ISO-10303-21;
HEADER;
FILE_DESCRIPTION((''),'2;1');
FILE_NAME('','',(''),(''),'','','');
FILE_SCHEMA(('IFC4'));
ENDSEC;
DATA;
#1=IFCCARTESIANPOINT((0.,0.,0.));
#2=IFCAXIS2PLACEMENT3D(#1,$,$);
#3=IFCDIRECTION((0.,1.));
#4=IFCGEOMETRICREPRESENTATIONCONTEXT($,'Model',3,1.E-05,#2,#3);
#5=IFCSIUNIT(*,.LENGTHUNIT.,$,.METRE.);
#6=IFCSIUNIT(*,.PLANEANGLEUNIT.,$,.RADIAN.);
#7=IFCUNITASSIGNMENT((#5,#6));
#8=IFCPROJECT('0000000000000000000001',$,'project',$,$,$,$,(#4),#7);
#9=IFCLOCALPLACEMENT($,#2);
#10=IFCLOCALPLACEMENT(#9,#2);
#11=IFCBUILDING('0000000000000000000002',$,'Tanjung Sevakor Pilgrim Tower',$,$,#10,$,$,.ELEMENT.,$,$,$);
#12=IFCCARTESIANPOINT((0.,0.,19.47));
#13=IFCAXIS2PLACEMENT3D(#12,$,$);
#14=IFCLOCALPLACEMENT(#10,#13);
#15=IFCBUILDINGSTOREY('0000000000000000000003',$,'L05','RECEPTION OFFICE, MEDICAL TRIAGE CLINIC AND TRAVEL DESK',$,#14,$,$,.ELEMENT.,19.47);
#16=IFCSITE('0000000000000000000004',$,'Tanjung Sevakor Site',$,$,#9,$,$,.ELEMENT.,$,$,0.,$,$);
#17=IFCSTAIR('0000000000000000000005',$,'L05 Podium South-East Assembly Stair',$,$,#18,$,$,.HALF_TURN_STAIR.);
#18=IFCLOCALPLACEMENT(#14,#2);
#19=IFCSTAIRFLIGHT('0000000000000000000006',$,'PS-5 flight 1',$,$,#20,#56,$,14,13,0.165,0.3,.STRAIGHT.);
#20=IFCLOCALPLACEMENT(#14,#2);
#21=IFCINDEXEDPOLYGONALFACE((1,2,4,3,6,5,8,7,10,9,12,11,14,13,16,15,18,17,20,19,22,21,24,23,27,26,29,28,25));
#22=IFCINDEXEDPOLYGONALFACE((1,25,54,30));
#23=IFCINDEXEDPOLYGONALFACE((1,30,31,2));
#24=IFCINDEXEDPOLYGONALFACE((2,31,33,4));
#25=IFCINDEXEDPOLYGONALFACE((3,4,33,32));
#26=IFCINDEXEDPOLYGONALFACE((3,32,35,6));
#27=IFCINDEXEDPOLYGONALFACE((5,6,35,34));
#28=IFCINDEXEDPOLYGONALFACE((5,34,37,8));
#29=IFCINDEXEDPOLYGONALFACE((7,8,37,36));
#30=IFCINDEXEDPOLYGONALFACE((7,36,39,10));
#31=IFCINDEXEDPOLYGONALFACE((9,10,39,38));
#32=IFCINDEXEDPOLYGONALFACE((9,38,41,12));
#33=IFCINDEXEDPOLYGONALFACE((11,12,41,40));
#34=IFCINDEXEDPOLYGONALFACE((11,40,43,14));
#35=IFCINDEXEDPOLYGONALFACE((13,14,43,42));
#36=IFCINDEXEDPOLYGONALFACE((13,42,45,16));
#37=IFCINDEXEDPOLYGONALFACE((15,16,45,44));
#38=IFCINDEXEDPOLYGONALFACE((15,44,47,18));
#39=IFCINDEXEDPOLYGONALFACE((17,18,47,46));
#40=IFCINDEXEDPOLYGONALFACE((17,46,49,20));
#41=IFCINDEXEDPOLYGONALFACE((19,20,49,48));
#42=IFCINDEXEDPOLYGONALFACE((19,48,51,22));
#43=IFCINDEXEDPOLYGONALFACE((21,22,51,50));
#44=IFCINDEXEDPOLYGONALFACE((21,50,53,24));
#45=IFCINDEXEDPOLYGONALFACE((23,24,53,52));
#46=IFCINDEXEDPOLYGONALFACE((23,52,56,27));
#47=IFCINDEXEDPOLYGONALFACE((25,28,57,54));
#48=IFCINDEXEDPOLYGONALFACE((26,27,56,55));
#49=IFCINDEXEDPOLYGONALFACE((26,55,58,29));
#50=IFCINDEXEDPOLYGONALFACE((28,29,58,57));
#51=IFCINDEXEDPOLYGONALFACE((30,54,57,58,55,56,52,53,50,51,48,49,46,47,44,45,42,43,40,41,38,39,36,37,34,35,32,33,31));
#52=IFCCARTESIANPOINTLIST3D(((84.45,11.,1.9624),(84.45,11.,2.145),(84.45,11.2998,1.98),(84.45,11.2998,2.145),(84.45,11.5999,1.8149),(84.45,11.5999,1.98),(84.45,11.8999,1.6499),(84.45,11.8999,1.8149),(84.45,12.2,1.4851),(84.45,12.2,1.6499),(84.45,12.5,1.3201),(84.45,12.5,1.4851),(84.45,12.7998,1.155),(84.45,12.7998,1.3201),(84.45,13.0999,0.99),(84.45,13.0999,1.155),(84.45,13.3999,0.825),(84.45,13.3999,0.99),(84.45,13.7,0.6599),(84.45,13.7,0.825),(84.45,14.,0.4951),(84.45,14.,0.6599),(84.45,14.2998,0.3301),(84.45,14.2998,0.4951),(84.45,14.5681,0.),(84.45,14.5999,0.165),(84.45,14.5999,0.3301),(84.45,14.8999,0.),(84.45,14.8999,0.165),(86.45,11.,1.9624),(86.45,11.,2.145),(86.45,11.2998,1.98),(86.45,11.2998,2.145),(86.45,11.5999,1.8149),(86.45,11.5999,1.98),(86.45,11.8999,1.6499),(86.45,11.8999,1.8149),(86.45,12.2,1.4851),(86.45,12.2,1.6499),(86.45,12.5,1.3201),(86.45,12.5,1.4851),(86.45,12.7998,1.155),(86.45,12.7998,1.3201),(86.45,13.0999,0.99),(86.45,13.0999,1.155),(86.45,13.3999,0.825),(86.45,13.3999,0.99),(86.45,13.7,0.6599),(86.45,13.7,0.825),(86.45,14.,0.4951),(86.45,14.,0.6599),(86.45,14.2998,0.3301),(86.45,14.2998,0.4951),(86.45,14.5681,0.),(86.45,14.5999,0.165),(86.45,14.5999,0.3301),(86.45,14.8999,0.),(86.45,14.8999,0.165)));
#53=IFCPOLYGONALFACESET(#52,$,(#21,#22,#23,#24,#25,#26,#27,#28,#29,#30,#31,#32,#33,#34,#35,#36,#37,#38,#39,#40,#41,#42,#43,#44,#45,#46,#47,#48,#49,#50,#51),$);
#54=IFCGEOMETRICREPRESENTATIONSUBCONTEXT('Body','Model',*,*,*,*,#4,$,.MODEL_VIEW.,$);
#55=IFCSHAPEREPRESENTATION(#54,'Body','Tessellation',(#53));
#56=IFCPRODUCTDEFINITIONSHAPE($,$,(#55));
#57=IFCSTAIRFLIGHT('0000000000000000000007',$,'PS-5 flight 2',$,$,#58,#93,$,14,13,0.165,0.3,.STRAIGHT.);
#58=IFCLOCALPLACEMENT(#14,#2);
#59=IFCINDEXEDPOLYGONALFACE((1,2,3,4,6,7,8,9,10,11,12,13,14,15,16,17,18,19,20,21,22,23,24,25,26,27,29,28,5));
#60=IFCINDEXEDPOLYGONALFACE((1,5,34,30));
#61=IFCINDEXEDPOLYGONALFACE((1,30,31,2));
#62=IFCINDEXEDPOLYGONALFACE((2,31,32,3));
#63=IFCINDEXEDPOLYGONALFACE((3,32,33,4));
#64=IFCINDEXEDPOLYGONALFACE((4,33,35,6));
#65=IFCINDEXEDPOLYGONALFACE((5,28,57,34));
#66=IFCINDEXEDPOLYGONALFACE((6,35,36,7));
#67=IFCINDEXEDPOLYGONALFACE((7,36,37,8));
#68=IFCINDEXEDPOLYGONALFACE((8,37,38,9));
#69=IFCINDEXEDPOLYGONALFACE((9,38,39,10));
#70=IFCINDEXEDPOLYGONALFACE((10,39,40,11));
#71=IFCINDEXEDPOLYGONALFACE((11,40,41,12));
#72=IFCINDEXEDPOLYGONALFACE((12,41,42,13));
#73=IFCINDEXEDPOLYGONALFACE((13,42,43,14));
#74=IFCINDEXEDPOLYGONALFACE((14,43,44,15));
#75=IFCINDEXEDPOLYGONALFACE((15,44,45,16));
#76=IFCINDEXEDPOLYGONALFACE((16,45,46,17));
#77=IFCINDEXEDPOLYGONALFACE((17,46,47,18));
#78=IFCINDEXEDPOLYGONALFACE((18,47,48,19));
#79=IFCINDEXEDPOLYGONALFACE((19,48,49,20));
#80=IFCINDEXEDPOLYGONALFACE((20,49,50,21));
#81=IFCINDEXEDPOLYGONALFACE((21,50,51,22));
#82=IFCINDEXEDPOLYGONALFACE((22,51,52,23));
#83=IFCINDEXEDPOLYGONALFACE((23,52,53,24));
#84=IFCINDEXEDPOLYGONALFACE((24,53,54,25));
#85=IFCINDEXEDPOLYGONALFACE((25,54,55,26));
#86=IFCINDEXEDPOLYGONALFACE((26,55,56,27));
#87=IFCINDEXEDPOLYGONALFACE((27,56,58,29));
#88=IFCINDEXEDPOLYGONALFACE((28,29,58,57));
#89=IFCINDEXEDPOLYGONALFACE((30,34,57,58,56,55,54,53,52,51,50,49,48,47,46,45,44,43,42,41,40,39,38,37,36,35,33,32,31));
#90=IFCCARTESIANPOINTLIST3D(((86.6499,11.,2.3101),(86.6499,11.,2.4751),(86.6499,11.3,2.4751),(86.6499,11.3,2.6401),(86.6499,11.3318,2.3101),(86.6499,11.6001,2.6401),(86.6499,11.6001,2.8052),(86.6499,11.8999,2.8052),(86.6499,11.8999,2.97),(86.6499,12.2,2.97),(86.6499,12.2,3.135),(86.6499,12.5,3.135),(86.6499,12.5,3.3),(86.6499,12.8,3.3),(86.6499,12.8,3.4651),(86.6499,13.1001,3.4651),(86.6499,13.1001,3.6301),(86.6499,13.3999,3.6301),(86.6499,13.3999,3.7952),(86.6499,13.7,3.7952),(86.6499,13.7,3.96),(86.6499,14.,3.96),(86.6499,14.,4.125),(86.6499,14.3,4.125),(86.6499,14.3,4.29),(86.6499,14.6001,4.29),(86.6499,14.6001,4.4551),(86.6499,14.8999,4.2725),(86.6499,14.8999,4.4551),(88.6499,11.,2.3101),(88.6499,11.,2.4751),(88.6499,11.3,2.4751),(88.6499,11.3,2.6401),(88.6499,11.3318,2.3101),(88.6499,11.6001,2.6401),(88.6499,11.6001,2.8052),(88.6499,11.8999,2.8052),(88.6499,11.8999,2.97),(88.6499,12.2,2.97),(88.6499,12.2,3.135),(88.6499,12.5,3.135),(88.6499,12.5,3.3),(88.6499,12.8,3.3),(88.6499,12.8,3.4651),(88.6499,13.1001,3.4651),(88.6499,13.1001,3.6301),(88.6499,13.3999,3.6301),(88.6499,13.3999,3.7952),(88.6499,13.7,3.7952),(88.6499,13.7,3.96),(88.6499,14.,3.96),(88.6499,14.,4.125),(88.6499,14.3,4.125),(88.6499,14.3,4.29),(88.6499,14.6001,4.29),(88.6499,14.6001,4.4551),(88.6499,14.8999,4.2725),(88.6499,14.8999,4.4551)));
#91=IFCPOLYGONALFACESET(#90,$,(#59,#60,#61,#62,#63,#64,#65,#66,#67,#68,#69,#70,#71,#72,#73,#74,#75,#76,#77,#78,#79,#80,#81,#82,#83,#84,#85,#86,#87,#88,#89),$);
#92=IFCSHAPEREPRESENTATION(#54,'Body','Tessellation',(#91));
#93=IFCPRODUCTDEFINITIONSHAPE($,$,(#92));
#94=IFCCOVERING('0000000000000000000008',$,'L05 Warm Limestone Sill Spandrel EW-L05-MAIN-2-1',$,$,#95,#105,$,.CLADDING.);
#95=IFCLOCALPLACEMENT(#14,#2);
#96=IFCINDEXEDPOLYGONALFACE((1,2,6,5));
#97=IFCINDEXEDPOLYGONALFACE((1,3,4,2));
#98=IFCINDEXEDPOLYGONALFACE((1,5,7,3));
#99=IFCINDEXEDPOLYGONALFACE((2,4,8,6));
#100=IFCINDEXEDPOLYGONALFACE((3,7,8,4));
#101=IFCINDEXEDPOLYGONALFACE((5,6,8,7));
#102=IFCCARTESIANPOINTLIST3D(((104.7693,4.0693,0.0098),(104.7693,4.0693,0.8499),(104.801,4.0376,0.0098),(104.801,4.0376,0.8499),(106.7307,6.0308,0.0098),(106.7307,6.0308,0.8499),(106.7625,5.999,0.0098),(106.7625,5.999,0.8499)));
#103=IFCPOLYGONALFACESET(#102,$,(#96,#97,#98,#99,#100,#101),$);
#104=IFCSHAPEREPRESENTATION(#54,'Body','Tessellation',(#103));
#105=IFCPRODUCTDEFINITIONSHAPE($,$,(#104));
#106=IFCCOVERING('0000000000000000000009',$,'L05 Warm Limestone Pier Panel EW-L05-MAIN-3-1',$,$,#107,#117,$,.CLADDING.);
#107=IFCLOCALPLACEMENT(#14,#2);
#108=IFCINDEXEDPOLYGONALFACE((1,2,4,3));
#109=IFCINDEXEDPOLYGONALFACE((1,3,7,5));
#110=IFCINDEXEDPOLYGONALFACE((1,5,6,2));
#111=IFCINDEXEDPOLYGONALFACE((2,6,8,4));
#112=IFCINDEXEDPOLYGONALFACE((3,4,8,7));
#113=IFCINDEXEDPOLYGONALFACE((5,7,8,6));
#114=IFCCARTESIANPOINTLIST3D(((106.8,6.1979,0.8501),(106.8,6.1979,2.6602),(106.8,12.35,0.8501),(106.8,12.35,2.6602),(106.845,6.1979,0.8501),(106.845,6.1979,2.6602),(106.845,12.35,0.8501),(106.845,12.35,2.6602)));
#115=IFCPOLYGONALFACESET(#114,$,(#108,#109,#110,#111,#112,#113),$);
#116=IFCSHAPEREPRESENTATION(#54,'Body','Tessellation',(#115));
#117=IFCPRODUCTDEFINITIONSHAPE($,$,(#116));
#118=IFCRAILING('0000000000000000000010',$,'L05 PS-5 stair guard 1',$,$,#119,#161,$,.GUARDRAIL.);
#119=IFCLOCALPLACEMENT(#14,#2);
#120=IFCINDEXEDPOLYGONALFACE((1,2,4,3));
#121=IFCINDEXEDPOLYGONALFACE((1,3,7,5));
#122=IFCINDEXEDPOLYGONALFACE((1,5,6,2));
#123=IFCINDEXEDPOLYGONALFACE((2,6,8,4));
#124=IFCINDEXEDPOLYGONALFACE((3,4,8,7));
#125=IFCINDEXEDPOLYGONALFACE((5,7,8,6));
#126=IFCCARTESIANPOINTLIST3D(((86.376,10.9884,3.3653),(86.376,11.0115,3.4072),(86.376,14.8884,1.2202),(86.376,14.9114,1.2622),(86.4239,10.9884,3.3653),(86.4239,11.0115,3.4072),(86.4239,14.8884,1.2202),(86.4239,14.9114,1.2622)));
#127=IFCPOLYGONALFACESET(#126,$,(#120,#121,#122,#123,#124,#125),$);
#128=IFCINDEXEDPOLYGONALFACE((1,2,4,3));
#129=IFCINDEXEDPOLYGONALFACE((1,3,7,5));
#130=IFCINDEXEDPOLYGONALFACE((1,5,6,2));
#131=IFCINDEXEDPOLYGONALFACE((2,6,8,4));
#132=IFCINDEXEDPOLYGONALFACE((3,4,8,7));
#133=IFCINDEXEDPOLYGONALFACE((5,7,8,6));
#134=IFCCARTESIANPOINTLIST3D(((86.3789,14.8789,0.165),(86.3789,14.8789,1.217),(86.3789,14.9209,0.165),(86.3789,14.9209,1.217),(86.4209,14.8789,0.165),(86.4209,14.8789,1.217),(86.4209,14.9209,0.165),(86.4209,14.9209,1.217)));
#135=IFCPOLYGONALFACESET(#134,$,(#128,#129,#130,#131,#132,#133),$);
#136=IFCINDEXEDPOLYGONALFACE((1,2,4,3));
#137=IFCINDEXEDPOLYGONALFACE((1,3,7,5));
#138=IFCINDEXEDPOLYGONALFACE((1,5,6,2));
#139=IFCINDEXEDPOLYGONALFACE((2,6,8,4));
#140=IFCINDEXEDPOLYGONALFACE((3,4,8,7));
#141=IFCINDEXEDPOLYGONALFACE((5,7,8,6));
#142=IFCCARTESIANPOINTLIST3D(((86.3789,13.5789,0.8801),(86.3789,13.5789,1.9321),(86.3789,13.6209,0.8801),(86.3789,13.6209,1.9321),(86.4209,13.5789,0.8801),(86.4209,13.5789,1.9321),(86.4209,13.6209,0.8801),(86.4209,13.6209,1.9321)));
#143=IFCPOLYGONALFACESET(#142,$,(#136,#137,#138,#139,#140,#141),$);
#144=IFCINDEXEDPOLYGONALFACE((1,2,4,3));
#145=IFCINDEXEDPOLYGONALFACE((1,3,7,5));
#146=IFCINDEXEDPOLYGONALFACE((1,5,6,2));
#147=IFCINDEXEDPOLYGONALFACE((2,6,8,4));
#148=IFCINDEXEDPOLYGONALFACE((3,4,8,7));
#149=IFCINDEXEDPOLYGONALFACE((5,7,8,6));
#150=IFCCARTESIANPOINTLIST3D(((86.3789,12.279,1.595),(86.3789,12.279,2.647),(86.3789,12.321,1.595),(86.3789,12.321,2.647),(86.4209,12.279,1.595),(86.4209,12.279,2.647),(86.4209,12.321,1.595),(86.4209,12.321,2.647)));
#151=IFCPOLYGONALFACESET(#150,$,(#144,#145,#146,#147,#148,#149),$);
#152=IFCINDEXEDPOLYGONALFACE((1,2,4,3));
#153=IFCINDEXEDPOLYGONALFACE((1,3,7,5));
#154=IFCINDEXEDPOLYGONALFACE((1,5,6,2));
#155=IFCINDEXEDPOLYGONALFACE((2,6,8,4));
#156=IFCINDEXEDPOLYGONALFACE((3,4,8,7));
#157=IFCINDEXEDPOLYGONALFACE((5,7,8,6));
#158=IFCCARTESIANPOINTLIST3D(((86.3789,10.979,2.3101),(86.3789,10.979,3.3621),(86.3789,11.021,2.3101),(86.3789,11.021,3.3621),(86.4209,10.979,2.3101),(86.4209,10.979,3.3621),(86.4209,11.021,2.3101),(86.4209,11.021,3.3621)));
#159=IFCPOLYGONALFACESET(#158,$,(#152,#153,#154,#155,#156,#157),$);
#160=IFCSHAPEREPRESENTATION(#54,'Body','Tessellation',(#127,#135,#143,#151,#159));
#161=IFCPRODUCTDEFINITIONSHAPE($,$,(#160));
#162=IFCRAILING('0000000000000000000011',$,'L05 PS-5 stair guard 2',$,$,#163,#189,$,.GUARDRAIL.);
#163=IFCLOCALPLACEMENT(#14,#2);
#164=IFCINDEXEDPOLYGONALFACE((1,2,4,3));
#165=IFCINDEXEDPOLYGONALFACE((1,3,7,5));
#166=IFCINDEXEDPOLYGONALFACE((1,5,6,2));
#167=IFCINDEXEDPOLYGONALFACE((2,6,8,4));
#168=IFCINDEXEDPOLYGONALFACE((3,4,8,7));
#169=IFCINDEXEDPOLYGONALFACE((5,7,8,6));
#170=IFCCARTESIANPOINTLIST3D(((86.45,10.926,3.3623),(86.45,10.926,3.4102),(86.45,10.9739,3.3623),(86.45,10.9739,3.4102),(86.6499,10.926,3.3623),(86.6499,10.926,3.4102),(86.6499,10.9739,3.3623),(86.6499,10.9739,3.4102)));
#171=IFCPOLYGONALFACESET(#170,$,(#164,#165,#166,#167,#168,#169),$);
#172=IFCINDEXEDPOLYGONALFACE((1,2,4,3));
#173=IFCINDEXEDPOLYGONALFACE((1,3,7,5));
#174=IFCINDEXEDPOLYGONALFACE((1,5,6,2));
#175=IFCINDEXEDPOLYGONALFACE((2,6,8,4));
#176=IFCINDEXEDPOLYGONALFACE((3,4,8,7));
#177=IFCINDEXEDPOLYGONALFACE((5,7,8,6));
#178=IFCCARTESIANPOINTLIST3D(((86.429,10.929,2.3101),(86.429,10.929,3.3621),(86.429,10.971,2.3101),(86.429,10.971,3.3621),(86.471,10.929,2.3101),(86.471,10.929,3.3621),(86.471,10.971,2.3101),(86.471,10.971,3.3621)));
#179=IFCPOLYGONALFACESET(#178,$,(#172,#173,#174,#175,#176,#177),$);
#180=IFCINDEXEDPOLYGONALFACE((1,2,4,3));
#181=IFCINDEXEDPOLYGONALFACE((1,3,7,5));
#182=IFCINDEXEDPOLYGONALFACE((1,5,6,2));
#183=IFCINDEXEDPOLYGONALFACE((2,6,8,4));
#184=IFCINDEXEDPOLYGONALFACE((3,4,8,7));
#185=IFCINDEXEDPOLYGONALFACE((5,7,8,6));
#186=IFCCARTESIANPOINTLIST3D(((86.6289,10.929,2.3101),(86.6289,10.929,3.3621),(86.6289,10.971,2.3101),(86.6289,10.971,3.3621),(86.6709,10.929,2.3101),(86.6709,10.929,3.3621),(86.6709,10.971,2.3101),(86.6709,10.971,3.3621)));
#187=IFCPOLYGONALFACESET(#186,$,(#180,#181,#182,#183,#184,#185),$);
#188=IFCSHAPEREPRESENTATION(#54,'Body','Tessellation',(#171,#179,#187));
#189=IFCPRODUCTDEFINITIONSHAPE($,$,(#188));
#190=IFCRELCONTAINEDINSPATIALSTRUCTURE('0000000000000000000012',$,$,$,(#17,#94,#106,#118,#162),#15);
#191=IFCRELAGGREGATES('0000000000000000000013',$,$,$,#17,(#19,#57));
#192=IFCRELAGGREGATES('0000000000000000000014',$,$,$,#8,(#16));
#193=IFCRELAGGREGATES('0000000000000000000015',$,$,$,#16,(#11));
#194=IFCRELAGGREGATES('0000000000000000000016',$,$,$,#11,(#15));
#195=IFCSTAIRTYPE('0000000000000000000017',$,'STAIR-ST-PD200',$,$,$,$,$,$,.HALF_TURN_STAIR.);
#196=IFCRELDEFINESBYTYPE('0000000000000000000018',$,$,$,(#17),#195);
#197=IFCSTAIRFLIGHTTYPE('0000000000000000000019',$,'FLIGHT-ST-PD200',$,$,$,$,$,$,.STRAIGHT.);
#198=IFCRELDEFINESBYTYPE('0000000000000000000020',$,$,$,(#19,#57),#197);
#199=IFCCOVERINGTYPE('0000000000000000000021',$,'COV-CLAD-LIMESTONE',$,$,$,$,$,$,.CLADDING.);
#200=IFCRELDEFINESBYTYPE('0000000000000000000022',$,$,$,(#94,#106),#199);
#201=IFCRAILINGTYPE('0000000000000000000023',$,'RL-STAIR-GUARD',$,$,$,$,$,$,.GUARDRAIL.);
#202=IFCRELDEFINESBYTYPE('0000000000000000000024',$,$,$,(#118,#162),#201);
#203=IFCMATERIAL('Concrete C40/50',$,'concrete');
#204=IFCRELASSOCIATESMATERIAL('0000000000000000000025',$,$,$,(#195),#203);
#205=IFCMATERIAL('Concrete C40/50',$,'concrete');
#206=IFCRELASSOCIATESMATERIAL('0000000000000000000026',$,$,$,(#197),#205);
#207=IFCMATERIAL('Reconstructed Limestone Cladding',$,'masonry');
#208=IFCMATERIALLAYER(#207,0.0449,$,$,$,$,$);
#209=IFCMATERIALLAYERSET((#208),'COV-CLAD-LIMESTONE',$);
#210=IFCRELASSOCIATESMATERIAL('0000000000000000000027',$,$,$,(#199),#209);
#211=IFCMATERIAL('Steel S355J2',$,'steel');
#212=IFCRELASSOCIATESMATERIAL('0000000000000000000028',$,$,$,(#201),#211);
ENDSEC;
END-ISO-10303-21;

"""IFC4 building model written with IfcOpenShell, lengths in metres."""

from ifc_helpers import new_model, si_unit, direction, frame, origin, origin_2d, place, context, subcontext, project, spatial, polyline, rectangle, outline, extrude, material, layer, layer_set, type_object, element, aggregate, save


model = new_model("IFC4")

# Units and contexts
model_context = context("Model", 3, precision=1e-05, world=origin(), true_north=direction((0.0, 1.0)))
body_context = subcontext(model_context, "Body", "Model", "MODEL_VIEW")
ifc_project = project(units=[si_unit("LENGTHUNIT", "METRE"), si_unit("PLANEANGLEUNIT", "RADIAN")], contexts=[model_context])

# Site, building, storey
site_placement = place(None, origin())
site = spatial("IfcSite", under=ifc_project, at=site_placement, Name="Tanjung Sevakor Site", CompositionType="ELEMENT", RefElevation=0.0)
building_placement = place(site_placement, origin())
building = spatial("IfcBuilding", under=site, at=building_placement, Name="Tanjung Sevakor Pilgrim Tower", CompositionType="ELEMENT")
storey_placement = place(building_placement, frame((0.0, 0.0, 19.47)))
storey = spatial("IfcBuildingStorey", under=building, at=storey_placement, Name="L05", Description="RECEPTION OFFICE, MEDICAL TRIAGE CLINIC AND TRAVEL DESK", CompositionType="ELEMENT", Elevation=19.47)

# Stair, stair flights
ifc_material_1 = material(Name="Concrete C40/50", Category="concrete")
stair_type = type_object("IfcStairType", Name="STAIR-ST-PD200", PredefinedType="HALF_TURN_STAIR", material=ifc_material_1)
stair_placement = place(storey_placement, origin())
stair = element("IfcStair", 1, at=stair_placement, inside=storey, type_object=stair_type, Name="L05 Podium South-East Assembly Stair", PredefinedType="HALF_TURN_STAIR")
ifc_material_2 = material(Name="Concrete C40/50", Category="concrete")
stair_flight_type = type_object("IfcStairFlightType", Name="FLIGHT-ST-PD200", PredefinedType="STRAIGHT", material=ifc_material_2)
stair_flight_1_placement = place(storey_placement, frame((85.45, 14.8999, 0.0), z_axis=(0.0, 0.0, 1.0), x_axis=(0.0, -1.0, 0.0)))
stair_flight_1 = element("IfcStairFlight", 2, at=stair_flight_1_placement, type_object=stair_flight_type, Name="PS-5 flight 1", NumberOfRisers=14, NumberOfTreads=13, PredefinedType="STRAIGHT", RiserHeight=0.165, TreadLength=0.3, context=body_context, shape_type="SweptSolid", body=[
    extrude(outline(polyline([(0.0, 0.0), (0.0, 0.165), (0.3, 0.165), (0.3, 0.3301), (0.6001, 0.3301), (0.6001, 0.4951), (0.8999, 0.4951), (0.8999, 0.6599), (1.2, 0.6599), (1.2, 0.825), (1.5, 0.825), (1.5, 0.99), (1.8, 0.99), (1.8, 1.155), (2.1001, 1.155), (2.1001, 1.3201), (2.3999, 1.3201), (2.3999, 1.4851), (2.7, 1.4851), (2.7, 1.6499), (3.0, 1.6499), (3.0, 1.8149), (3.3, 1.8149), (3.3, 1.98), (3.6001, 1.98), (3.6001, 2.145), (3.8999, 2.145), (3.8999, 2.3101), (3.8999, 1.9624), (0.3318, 0.0), (0.0, 0.0)])), frame((0.0, 1.0, 0.0), z_axis=(0.0, -1.0, 0.0), x_axis=(1.0, 0.0, 0.0)), (0.0, 0.0, 1.0), 2.0),
])
stair_flight_2_placement = place(storey_placement, frame((87.6499, 11.0, 2.3101), z_axis=(0.0, 0.0, 1.0), x_axis=(0.0, 1.0, 0.0)))
stair_flight_2 = element("IfcStairFlight", 3, at=stair_flight_2_placement, type_object=stair_flight_type, Name="PS-5 flight 2", NumberOfRisers=14, NumberOfTreads=13, PredefinedType="STRAIGHT", RiserHeight=0.165, TreadLength=0.3, context=body_context, shape_type="SweptSolid", body=[
    extrude(outline(polyline([(0.0, 0.0), (0.0, 0.165), (0.3, 0.165), (0.3, 0.3301), (0.6001, 0.3301), (0.6001, 0.4951), (0.8999, 0.4951), (0.8999, 0.6599), (1.2, 0.6599), (1.2, 0.825), (1.5, 0.825), (1.5, 0.99), (1.8, 0.99), (1.8, 1.155), (2.1001, 1.155), (2.1001, 1.3201), (2.3999, 1.3201), (2.3999, 1.4851), (2.7, 1.4851), (2.7, 1.6499), (3.0, 1.6499), (3.0, 1.8149), (3.3, 1.8149), (3.3, 1.98), (3.6001, 1.98), (3.6001, 2.145), (3.8999, 2.145), (3.8999, 2.3101), (3.8999, 1.9624), (0.3318, 0.0), (0.0, 0.0)])), frame((0.0, 1.0, 0.0), z_axis=(0.0, -1.0, 0.0), x_axis=(1.0, 0.0, 0.0)), (0.0, 0.0, 1.0), 2.0),
])
aggregate(stair, [stair_flight_1, stair_flight_2])

# Coverings
ifc_material_3 = material(Name="Reconstructed Limestone Cladding", Category="masonry")
ifc_layer_1 = layer(ifc_material_3, 0.0449)
ifc_layer_set_1 = layer_set([ifc_layer_1], Name="COV-CLAD-LIMESTONE")
covering_type = type_object("IfcCoveringType", Name="COV-CLAD-LIMESTONE", PredefinedType="CLADDING", material=ifc_layer_set_1)
covering_1_placement = place(storey_placement, frame((105.7659, 5.0342, 0.0098), z_axis=(0.0, 0.0, 1.0), x_axis=(0.707107, 0.707107, 0.0)))
element("IfcCovering", 4, at=covering_1_placement, inside=storey, type_object=covering_type, Name="L05 Warm Limestone Sill Spandrel EW-L05-MAIN-2-1", PredefinedType="CLADDING", context=body_context, shape_type="SweptSolid", body=[
    extrude(rectangle(XDim=2.7739, YDim=0.0449, at=origin_2d()), origin(), (0.0, 0.0, 1.0), 0.8401),
])
covering_2_placement = place(storey_placement, frame((106.8225, 9.2739, 0.8501), z_axis=(0.0, 0.0, 1.0), x_axis=(0.0, 1.0, 0.0)))
element("IfcCovering", 5, at=covering_2_placement, inside=storey, type_object=covering_type, Name="L05 Warm Limestone Pier Panel EW-L05-MAIN-3-1", PredefinedType="CLADDING", context=body_context, shape_type="SweptSolid", body=[
    extrude(rectangle(XDim=6.1521, YDim=0.0449, at=origin_2d()), origin(), (0.0, 0.0, 1.0), 1.8101),
])

# Railings
ifc_material_4 = material(Name="Steel S355J2", Category="steel")
railing_type_1 = type_object("IfcRailingType", Name="RL-STAIR-GUARD", PredefinedType="GUARDRAIL", material=ifc_material_4)
railing_1_placement = place(storey_placement, frame((86.3999, 14.8999, 0.165)))
element("IfcRailing", 6, at=railing_1_placement, inside=storey, type_object=railing_type_1, Name="L05 PS-5 stair guard 1", PredefinedType="GUARDRAIL", context=body_context, shape_type="SweptSolid", body=[
    extrude(rectangle(XDim=0.0479, YDim=0.0479), frame((0.0, 0.0, 1.0762), z_axis=(0.0, -0.876209, 0.481931), x_axis=(1.0, 0.0, 0.0)), (0.0, 0.0, 1.0), 4.4509),
    extrude(rectangle(XDim=0.042, YDim=0.042), origin(), (0.0, 0.0, 1.0), 1.052),
    extrude(rectangle(XDim=0.042, YDim=0.042), frame((0.0, -1.3, 0.7151)), (0.0, 0.0, 1.0), 1.052),
    extrude(rectangle(XDim=0.042, YDim=0.042), frame((0.0, -2.5999, 1.4299)), (0.0, 0.0, 1.0), 1.052),
    extrude(rectangle(XDim=0.042, YDim=0.042), frame((0.0, -3.8999, 2.145)), (0.0, 0.0, 1.0), 1.052),
])
railing_2_placement = place(storey_placement, frame((86.45, 10.95, 2.3101)))
element("IfcRailing", 7, at=railing_2_placement, inside=storey, type_object=railing_type_1, Name="L05 PS-5 stair guard 2", PredefinedType="GUARDRAIL", context=body_context, shape_type="SweptSolid", body=[
    extrude(rectangle(XDim=0.0479, YDim=0.0479), frame((0.0, 0.0, 1.0762), z_axis=(1.0, 0.0, 0.0), x_axis=(0.0, 1.0, 0.0)), (0.0, 0.0, 1.0), 0.2),
    extrude(rectangle(XDim=0.042, YDim=0.042), origin(), (0.0, 0.0, 1.0), 1.052),
    extrude(rectangle(XDim=0.042, YDim=0.042), frame((0.2, 0.0, 0.0)), (0.0, 0.0, 1.0), 1.052),
])

save(model, "model.ifc")
